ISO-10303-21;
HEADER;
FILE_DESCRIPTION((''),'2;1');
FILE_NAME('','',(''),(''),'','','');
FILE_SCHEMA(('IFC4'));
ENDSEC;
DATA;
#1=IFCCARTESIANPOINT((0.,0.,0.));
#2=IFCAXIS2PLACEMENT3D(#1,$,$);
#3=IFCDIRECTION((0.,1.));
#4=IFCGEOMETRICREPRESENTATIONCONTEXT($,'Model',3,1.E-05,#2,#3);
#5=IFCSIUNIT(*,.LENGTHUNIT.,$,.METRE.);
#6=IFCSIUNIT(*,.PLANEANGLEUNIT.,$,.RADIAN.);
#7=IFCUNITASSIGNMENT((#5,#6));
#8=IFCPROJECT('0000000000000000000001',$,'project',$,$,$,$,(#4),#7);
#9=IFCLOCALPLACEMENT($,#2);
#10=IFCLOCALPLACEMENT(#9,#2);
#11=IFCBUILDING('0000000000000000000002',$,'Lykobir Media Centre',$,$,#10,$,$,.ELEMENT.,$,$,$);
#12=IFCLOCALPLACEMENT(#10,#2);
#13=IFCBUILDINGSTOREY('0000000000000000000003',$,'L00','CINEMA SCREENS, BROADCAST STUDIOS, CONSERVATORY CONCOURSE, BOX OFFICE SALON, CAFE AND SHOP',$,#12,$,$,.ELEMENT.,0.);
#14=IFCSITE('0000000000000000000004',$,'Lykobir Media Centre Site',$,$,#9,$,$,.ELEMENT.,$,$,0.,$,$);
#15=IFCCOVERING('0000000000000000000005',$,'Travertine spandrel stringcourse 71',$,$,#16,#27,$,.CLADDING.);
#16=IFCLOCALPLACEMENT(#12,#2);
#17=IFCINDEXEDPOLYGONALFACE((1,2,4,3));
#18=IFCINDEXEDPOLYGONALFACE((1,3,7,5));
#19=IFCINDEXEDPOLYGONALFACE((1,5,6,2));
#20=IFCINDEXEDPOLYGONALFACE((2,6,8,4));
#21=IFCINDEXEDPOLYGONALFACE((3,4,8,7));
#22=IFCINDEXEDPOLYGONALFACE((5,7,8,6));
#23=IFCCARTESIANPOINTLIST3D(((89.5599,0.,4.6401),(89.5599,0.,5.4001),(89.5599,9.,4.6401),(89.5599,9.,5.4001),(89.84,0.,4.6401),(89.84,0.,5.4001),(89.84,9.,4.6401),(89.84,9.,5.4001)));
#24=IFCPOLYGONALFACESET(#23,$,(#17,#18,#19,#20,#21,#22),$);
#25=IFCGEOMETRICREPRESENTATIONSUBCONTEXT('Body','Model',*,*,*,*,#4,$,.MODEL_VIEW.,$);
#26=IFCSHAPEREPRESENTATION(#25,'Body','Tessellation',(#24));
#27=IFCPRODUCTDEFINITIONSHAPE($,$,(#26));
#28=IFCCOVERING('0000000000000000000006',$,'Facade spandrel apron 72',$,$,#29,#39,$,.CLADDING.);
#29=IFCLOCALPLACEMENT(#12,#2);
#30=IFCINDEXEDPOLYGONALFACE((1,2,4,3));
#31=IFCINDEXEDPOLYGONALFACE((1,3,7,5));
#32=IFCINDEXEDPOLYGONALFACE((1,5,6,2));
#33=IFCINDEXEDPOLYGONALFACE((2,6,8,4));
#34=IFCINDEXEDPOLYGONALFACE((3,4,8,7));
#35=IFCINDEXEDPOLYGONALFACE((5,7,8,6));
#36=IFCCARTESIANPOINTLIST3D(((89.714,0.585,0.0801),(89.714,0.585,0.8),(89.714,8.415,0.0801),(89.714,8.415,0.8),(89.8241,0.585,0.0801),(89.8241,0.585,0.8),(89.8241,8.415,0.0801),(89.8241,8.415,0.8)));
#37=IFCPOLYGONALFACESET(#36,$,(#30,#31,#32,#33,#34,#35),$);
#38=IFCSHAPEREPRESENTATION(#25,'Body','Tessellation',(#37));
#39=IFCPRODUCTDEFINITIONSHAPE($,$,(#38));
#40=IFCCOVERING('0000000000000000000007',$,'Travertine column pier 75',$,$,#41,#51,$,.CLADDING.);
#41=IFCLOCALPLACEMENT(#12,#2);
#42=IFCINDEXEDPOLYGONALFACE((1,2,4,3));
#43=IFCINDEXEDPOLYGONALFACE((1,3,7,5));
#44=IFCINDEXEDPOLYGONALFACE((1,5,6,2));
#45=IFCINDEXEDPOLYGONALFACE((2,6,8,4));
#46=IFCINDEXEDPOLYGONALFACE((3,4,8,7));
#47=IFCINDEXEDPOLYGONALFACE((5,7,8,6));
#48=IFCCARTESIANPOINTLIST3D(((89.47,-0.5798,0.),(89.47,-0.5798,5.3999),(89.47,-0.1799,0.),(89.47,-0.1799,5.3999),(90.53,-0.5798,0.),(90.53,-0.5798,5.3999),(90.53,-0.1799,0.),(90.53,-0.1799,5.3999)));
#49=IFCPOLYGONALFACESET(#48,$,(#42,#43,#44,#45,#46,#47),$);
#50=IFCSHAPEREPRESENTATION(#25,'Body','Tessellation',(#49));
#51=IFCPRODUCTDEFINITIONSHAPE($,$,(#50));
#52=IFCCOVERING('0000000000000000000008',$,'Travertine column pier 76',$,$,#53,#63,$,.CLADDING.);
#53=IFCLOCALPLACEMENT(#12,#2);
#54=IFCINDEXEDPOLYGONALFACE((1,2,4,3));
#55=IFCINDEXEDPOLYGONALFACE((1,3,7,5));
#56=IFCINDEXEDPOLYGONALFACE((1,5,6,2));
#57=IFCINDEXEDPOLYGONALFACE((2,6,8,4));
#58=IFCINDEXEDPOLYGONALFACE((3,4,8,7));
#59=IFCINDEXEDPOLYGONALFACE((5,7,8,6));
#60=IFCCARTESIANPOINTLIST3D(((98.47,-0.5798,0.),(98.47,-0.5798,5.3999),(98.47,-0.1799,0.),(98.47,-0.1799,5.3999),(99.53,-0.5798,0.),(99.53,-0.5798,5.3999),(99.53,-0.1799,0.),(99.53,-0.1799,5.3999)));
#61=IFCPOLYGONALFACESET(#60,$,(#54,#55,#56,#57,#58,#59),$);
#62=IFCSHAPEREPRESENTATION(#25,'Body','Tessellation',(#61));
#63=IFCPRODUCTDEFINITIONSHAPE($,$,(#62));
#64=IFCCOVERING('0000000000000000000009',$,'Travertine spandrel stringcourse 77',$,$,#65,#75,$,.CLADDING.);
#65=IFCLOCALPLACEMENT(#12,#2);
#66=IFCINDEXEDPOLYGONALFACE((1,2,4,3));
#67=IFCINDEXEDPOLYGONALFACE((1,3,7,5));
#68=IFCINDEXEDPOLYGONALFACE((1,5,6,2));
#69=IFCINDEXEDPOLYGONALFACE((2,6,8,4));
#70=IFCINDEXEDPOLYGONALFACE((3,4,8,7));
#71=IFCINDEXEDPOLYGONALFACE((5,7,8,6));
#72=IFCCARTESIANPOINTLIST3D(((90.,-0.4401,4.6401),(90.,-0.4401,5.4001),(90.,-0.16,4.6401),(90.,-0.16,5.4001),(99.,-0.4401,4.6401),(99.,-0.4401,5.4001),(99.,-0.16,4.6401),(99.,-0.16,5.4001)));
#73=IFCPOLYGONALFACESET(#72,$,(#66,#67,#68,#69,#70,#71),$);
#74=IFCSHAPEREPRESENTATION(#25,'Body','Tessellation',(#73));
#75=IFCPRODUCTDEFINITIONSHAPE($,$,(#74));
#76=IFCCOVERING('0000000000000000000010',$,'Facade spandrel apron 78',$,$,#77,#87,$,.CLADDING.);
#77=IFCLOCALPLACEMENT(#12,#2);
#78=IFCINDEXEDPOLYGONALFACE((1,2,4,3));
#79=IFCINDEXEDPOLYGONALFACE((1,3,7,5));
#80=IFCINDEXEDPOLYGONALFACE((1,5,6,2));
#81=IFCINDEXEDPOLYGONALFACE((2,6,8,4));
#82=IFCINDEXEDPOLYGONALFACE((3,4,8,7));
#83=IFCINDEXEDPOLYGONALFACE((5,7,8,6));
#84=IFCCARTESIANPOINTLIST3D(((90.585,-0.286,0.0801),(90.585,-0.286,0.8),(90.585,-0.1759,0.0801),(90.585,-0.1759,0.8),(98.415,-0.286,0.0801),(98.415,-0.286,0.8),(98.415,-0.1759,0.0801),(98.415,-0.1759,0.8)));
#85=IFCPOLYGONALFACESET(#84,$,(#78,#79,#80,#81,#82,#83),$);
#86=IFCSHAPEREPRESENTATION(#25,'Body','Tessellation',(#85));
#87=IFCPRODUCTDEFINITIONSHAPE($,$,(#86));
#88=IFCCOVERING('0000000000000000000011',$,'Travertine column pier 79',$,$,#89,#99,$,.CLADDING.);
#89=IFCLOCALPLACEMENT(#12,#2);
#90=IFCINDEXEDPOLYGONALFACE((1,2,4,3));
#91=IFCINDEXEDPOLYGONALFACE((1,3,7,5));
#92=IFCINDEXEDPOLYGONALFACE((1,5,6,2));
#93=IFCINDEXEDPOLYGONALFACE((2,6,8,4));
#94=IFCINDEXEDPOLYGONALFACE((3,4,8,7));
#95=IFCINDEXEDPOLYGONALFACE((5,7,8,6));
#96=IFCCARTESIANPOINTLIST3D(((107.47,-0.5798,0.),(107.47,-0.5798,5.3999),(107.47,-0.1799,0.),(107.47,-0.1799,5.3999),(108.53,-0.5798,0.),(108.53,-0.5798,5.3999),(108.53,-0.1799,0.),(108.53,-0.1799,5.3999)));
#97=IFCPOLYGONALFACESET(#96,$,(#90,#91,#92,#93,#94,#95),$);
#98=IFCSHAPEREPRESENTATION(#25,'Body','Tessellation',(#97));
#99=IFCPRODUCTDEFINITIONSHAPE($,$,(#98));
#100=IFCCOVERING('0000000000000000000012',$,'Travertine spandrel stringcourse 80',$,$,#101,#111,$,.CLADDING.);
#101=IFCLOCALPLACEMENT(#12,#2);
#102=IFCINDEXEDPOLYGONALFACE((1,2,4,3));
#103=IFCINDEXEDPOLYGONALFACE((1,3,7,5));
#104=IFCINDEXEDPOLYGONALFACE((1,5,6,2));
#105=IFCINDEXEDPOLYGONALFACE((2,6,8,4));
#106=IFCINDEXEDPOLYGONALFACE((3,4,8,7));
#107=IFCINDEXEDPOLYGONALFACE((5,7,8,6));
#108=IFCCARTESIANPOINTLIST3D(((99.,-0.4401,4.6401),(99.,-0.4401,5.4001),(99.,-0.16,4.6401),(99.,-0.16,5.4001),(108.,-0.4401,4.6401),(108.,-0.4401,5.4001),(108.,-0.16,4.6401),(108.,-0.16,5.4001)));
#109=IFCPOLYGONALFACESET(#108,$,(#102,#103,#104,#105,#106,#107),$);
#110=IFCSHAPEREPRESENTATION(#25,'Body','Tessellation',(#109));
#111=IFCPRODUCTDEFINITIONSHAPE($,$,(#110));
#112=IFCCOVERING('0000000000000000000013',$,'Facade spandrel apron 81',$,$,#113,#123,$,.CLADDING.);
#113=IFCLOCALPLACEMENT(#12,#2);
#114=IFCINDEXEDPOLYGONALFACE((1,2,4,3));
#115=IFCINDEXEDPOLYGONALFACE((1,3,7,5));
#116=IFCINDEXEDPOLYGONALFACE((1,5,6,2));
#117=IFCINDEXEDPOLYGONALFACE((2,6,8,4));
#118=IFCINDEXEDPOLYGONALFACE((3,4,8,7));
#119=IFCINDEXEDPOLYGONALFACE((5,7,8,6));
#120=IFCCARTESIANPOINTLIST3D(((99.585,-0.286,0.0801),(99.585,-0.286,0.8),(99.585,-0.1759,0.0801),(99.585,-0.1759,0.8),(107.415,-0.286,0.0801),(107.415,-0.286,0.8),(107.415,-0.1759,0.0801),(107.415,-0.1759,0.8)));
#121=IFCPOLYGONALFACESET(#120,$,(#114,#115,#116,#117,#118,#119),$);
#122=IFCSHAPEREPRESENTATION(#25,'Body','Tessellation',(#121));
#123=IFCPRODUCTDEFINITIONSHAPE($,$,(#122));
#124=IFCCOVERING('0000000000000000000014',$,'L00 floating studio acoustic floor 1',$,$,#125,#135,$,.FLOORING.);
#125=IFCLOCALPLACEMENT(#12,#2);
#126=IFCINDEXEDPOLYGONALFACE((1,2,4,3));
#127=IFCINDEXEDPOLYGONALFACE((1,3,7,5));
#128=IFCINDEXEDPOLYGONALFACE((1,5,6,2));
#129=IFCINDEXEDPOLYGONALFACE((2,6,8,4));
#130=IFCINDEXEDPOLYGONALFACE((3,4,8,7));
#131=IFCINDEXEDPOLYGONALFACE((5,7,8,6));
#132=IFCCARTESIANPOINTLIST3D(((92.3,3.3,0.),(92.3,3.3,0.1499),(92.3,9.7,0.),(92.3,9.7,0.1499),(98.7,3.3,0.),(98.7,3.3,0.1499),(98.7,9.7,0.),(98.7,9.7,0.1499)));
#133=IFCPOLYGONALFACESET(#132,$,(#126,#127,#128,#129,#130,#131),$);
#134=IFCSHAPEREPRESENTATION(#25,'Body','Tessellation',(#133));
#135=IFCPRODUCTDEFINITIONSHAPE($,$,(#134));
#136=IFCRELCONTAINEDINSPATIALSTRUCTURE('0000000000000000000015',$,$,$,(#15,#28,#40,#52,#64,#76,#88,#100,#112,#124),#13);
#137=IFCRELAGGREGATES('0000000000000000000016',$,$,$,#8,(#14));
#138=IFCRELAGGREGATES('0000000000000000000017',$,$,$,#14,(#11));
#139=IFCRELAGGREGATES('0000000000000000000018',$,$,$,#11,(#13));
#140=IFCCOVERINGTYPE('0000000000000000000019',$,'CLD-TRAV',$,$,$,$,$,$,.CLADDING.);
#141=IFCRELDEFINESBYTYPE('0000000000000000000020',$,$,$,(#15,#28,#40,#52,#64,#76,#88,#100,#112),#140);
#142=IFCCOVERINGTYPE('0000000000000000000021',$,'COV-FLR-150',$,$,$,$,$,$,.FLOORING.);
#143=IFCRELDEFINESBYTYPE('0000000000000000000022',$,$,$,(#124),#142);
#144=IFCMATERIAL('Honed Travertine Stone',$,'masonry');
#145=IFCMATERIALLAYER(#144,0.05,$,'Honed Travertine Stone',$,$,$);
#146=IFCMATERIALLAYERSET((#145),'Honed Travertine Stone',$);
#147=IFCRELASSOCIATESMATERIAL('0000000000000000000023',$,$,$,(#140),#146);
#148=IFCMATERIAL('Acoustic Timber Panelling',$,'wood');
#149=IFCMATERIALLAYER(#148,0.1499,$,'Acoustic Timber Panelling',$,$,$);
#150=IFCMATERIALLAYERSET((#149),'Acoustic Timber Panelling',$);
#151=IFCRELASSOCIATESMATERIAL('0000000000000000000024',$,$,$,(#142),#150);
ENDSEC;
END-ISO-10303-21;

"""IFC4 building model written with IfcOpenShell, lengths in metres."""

from ifc_helpers import new_model, si_unit, direction, frame, origin, origin_2d, place, context, subcontext, project, spatial, rectangle, extrude, material, layer, layer_set, type_object, element, save


model = new_model("IFC4")

# Units and contexts
model_context = context("Model", 3, precision=1e-05, world=origin(), true_north=direction((0.0, 1.0)))
body_context = subcontext(model_context, "Body", "Model", "MODEL_VIEW")
ifc_project = project(units=[si_unit("LENGTHUNIT", "METRE"), si_unit("PLANEANGLEUNIT", "RADIAN")], contexts=[model_context])

# Site, building, storey
site_placement = place(None, origin())
site = spatial("IfcSite", under=ifc_project, at=site_placement, Name="Lykobir Media Centre Site", CompositionType="ELEMENT", RefElevation=0.0)
building_placement = place(site_placement, origin())
building = spatial("IfcBuilding", under=site, at=building_placement, Name="Lykobir Media Centre", CompositionType="ELEMENT")
storey_placement = place(building_placement, origin())
storey = spatial("IfcBuildingStorey", under=building, at=storey_placement, Name="L00", Description="CINEMA SCREENS, BROADCAST STUDIOS, CONSERVATORY CONCOURSE, BOX OFFICE SALON, CAFE AND SHOP", CompositionType="ELEMENT", Elevation=0.0)

# Shared definitions
ifc_material_1 = material(Name="Honed Travertine Stone", Category="masonry")

# Shared definitions
ifc_material_2 = material(Name="Acoustic Timber Panelling", Category="wood")

# Coverings
ifc_layer_1 = layer(ifc_material_1, 0.05, Name="Honed Travertine Stone")
ifc_layer_set_1 = layer_set([ifc_layer_1], Name="Honed Travertine Stone")
covering_type_1 = type_object("IfcCoveringType", Name="CLD-TRAV", PredefinedType="CLADDING", material=ifc_layer_set_1)
covering_1_placement = place(storey_placement, frame((89.7, 4.5, 4.6401), z_axis=(0.0, 0.0, 1.0), x_axis=(0.0, -1.0, 0.0)))
element("IfcCovering", 1, at=covering_1_placement, inside=storey, type_object=covering_type_1, Name="Travertine spandrel stringcourse 71", PredefinedType="CLADDING", context=body_context, shape_type="SweptSolid", body=[
    extrude(rectangle(XDim=9.0, YDim=0.28, at=origin_2d()), origin(), (0.0, 0.0, 1.0), 0.76),
])
covering_2_placement = place(storey_placement, frame((89.769, 4.5, 0.0801), z_axis=(0.0, 0.0, 1.0), x_axis=(0.0, -1.0, 0.0)))
element("IfcCovering", 2, at=covering_2_placement, inside=storey, type_object=covering_type_1, Name="Facade spandrel apron 72", PredefinedType="CLADDING", context=body_context, shape_type="SweptSolid", body=[
    extrude(rectangle(XDim=7.8301, YDim=0.1101, at=origin_2d()), origin(), (0.0, 0.0, 1.0), 0.72),
])
for number, where, z_axis, x_axis, name in (
    (3, (90.0, -0.3799, 0.0), (0.0, 0.0, 1.0), (1.0, 0.0, 0.0), "Travertine column pier 75"),
    (4, (99.0, -0.3799, 0.0), (0.0, 0.0, 1.0), (1.0, 0.0, 0.0), "Travertine column pier 76"),
):
    element("IfcCovering", number, at=place(storey_placement, frame(where, z_axis=z_axis, x_axis=x_axis)), inside=storey, type_object=covering_type_1, Name=name, PredefinedType="CLADDING", context=body_context, shape_type="SweptSolid", body=[
        extrude(rectangle(XDim=1.0601, YDim=0.3999, at=origin_2d()), origin(), (0.0, 0.0, 1.0), 5.3999),
    ])
covering_3_placement = place(storey_placement, frame((94.5, -0.3, 4.6401), z_axis=(0.0, 0.0, 1.0), x_axis=(1.0, 0.0, 0.0)))
element("IfcCovering", 5, at=covering_3_placement, inside=storey, type_object=covering_type_1, Name="Travertine spandrel stringcourse 77", PredefinedType="CLADDING", context=body_context, shape_type="SweptSolid", body=[
    extrude(rectangle(XDim=9.0, YDim=0.28, at=origin_2d()), origin(), (0.0, 0.0, 1.0), 0.76),
])
covering_4_placement = place(storey_placement, frame((94.5, -0.231, 0.0801), z_axis=(0.0, 0.0, 1.0), x_axis=(1.0, 0.0, 0.0)))
element("IfcCovering", 6, at=covering_4_placement, inside=storey, type_object=covering_type_1, Name="Facade spandrel apron 78", PredefinedType="CLADDING", context=body_context, shape_type="SweptSolid", body=[
    extrude(rectangle(XDim=7.8301, YDim=0.1101, at=origin_2d()), origin(), (0.0, 0.0, 1.0), 0.72),
])
covering_5_placement = place(storey_placement, frame((108.0, -0.3799, 0.0), z_axis=(0.0, 0.0, 1.0), x_axis=(1.0, 0.0, 0.0)))
element("IfcCovering", 7, at=covering_5_placement, inside=storey, type_object=covering_type_1, Name="Travertine column pier 79", PredefinedType="CLADDING", context=body_context, shape_type="SweptSolid", body=[
    extrude(rectangle(XDim=1.0601, YDim=0.3999, at=origin_2d()), origin(), (0.0, 0.0, 1.0), 5.3999),
])
covering_6_placement = place(storey_placement, frame((103.5, -0.3, 4.6401), z_axis=(0.0, 0.0, 1.0), x_axis=(1.0, 0.0, 0.0)))
element("IfcCovering", 8, at=covering_6_placement, inside=storey, type_object=covering_type_1, Name="Travertine spandrel stringcourse 80", PredefinedType="CLADDING", context=body_context, shape_type="SweptSolid", body=[
    extrude(rectangle(XDim=9.0, YDim=0.28, at=origin_2d()), origin(), (0.0, 0.0, 1.0), 0.76),
])
covering_7_placement = place(storey_placement, frame((103.5, -0.231, 0.0801), z_axis=(0.0, 0.0, 1.0), x_axis=(1.0, 0.0, 0.0)))
element("IfcCovering", 9, at=covering_7_placement, inside=storey, type_object=covering_type_1, Name="Facade spandrel apron 81", PredefinedType="CLADDING", context=body_context, shape_type="SweptSolid", body=[
    extrude(rectangle(XDim=7.8301, YDim=0.1101, at=origin_2d()), origin(), (0.0, 0.0, 1.0), 0.72),
])
ifc_layer_2 = layer(ifc_material_2, 0.1499, Name="Acoustic Timber Panelling")
ifc_layer_set_2 = layer_set([ifc_layer_2], Name="Acoustic Timber Panelling")
covering_type_2 = type_object("IfcCoveringType", Name="COV-FLR-150", PredefinedType="FLOORING", material=ifc_layer_set_2)
covering_8_placement = place(storey_placement, frame((95.5, 6.5, 0.0), z_axis=(0.0, 0.0, 1.0), x_axis=(1.0, 0.0, 0.0)))
element("IfcCovering", 10, at=covering_8_placement, inside=storey, type_object=covering_type_2, Name="L00 floating studio acoustic floor 1", PredefinedType="FLOORING", context=body_context, shape_type="SweptSolid", body=[
    extrude(rectangle(XDim=6.3999, YDim=6.3999, at=origin_2d()), origin(), (0.0, 0.0, 1.0), 0.1499),
])

save(model, "model.ifc")
